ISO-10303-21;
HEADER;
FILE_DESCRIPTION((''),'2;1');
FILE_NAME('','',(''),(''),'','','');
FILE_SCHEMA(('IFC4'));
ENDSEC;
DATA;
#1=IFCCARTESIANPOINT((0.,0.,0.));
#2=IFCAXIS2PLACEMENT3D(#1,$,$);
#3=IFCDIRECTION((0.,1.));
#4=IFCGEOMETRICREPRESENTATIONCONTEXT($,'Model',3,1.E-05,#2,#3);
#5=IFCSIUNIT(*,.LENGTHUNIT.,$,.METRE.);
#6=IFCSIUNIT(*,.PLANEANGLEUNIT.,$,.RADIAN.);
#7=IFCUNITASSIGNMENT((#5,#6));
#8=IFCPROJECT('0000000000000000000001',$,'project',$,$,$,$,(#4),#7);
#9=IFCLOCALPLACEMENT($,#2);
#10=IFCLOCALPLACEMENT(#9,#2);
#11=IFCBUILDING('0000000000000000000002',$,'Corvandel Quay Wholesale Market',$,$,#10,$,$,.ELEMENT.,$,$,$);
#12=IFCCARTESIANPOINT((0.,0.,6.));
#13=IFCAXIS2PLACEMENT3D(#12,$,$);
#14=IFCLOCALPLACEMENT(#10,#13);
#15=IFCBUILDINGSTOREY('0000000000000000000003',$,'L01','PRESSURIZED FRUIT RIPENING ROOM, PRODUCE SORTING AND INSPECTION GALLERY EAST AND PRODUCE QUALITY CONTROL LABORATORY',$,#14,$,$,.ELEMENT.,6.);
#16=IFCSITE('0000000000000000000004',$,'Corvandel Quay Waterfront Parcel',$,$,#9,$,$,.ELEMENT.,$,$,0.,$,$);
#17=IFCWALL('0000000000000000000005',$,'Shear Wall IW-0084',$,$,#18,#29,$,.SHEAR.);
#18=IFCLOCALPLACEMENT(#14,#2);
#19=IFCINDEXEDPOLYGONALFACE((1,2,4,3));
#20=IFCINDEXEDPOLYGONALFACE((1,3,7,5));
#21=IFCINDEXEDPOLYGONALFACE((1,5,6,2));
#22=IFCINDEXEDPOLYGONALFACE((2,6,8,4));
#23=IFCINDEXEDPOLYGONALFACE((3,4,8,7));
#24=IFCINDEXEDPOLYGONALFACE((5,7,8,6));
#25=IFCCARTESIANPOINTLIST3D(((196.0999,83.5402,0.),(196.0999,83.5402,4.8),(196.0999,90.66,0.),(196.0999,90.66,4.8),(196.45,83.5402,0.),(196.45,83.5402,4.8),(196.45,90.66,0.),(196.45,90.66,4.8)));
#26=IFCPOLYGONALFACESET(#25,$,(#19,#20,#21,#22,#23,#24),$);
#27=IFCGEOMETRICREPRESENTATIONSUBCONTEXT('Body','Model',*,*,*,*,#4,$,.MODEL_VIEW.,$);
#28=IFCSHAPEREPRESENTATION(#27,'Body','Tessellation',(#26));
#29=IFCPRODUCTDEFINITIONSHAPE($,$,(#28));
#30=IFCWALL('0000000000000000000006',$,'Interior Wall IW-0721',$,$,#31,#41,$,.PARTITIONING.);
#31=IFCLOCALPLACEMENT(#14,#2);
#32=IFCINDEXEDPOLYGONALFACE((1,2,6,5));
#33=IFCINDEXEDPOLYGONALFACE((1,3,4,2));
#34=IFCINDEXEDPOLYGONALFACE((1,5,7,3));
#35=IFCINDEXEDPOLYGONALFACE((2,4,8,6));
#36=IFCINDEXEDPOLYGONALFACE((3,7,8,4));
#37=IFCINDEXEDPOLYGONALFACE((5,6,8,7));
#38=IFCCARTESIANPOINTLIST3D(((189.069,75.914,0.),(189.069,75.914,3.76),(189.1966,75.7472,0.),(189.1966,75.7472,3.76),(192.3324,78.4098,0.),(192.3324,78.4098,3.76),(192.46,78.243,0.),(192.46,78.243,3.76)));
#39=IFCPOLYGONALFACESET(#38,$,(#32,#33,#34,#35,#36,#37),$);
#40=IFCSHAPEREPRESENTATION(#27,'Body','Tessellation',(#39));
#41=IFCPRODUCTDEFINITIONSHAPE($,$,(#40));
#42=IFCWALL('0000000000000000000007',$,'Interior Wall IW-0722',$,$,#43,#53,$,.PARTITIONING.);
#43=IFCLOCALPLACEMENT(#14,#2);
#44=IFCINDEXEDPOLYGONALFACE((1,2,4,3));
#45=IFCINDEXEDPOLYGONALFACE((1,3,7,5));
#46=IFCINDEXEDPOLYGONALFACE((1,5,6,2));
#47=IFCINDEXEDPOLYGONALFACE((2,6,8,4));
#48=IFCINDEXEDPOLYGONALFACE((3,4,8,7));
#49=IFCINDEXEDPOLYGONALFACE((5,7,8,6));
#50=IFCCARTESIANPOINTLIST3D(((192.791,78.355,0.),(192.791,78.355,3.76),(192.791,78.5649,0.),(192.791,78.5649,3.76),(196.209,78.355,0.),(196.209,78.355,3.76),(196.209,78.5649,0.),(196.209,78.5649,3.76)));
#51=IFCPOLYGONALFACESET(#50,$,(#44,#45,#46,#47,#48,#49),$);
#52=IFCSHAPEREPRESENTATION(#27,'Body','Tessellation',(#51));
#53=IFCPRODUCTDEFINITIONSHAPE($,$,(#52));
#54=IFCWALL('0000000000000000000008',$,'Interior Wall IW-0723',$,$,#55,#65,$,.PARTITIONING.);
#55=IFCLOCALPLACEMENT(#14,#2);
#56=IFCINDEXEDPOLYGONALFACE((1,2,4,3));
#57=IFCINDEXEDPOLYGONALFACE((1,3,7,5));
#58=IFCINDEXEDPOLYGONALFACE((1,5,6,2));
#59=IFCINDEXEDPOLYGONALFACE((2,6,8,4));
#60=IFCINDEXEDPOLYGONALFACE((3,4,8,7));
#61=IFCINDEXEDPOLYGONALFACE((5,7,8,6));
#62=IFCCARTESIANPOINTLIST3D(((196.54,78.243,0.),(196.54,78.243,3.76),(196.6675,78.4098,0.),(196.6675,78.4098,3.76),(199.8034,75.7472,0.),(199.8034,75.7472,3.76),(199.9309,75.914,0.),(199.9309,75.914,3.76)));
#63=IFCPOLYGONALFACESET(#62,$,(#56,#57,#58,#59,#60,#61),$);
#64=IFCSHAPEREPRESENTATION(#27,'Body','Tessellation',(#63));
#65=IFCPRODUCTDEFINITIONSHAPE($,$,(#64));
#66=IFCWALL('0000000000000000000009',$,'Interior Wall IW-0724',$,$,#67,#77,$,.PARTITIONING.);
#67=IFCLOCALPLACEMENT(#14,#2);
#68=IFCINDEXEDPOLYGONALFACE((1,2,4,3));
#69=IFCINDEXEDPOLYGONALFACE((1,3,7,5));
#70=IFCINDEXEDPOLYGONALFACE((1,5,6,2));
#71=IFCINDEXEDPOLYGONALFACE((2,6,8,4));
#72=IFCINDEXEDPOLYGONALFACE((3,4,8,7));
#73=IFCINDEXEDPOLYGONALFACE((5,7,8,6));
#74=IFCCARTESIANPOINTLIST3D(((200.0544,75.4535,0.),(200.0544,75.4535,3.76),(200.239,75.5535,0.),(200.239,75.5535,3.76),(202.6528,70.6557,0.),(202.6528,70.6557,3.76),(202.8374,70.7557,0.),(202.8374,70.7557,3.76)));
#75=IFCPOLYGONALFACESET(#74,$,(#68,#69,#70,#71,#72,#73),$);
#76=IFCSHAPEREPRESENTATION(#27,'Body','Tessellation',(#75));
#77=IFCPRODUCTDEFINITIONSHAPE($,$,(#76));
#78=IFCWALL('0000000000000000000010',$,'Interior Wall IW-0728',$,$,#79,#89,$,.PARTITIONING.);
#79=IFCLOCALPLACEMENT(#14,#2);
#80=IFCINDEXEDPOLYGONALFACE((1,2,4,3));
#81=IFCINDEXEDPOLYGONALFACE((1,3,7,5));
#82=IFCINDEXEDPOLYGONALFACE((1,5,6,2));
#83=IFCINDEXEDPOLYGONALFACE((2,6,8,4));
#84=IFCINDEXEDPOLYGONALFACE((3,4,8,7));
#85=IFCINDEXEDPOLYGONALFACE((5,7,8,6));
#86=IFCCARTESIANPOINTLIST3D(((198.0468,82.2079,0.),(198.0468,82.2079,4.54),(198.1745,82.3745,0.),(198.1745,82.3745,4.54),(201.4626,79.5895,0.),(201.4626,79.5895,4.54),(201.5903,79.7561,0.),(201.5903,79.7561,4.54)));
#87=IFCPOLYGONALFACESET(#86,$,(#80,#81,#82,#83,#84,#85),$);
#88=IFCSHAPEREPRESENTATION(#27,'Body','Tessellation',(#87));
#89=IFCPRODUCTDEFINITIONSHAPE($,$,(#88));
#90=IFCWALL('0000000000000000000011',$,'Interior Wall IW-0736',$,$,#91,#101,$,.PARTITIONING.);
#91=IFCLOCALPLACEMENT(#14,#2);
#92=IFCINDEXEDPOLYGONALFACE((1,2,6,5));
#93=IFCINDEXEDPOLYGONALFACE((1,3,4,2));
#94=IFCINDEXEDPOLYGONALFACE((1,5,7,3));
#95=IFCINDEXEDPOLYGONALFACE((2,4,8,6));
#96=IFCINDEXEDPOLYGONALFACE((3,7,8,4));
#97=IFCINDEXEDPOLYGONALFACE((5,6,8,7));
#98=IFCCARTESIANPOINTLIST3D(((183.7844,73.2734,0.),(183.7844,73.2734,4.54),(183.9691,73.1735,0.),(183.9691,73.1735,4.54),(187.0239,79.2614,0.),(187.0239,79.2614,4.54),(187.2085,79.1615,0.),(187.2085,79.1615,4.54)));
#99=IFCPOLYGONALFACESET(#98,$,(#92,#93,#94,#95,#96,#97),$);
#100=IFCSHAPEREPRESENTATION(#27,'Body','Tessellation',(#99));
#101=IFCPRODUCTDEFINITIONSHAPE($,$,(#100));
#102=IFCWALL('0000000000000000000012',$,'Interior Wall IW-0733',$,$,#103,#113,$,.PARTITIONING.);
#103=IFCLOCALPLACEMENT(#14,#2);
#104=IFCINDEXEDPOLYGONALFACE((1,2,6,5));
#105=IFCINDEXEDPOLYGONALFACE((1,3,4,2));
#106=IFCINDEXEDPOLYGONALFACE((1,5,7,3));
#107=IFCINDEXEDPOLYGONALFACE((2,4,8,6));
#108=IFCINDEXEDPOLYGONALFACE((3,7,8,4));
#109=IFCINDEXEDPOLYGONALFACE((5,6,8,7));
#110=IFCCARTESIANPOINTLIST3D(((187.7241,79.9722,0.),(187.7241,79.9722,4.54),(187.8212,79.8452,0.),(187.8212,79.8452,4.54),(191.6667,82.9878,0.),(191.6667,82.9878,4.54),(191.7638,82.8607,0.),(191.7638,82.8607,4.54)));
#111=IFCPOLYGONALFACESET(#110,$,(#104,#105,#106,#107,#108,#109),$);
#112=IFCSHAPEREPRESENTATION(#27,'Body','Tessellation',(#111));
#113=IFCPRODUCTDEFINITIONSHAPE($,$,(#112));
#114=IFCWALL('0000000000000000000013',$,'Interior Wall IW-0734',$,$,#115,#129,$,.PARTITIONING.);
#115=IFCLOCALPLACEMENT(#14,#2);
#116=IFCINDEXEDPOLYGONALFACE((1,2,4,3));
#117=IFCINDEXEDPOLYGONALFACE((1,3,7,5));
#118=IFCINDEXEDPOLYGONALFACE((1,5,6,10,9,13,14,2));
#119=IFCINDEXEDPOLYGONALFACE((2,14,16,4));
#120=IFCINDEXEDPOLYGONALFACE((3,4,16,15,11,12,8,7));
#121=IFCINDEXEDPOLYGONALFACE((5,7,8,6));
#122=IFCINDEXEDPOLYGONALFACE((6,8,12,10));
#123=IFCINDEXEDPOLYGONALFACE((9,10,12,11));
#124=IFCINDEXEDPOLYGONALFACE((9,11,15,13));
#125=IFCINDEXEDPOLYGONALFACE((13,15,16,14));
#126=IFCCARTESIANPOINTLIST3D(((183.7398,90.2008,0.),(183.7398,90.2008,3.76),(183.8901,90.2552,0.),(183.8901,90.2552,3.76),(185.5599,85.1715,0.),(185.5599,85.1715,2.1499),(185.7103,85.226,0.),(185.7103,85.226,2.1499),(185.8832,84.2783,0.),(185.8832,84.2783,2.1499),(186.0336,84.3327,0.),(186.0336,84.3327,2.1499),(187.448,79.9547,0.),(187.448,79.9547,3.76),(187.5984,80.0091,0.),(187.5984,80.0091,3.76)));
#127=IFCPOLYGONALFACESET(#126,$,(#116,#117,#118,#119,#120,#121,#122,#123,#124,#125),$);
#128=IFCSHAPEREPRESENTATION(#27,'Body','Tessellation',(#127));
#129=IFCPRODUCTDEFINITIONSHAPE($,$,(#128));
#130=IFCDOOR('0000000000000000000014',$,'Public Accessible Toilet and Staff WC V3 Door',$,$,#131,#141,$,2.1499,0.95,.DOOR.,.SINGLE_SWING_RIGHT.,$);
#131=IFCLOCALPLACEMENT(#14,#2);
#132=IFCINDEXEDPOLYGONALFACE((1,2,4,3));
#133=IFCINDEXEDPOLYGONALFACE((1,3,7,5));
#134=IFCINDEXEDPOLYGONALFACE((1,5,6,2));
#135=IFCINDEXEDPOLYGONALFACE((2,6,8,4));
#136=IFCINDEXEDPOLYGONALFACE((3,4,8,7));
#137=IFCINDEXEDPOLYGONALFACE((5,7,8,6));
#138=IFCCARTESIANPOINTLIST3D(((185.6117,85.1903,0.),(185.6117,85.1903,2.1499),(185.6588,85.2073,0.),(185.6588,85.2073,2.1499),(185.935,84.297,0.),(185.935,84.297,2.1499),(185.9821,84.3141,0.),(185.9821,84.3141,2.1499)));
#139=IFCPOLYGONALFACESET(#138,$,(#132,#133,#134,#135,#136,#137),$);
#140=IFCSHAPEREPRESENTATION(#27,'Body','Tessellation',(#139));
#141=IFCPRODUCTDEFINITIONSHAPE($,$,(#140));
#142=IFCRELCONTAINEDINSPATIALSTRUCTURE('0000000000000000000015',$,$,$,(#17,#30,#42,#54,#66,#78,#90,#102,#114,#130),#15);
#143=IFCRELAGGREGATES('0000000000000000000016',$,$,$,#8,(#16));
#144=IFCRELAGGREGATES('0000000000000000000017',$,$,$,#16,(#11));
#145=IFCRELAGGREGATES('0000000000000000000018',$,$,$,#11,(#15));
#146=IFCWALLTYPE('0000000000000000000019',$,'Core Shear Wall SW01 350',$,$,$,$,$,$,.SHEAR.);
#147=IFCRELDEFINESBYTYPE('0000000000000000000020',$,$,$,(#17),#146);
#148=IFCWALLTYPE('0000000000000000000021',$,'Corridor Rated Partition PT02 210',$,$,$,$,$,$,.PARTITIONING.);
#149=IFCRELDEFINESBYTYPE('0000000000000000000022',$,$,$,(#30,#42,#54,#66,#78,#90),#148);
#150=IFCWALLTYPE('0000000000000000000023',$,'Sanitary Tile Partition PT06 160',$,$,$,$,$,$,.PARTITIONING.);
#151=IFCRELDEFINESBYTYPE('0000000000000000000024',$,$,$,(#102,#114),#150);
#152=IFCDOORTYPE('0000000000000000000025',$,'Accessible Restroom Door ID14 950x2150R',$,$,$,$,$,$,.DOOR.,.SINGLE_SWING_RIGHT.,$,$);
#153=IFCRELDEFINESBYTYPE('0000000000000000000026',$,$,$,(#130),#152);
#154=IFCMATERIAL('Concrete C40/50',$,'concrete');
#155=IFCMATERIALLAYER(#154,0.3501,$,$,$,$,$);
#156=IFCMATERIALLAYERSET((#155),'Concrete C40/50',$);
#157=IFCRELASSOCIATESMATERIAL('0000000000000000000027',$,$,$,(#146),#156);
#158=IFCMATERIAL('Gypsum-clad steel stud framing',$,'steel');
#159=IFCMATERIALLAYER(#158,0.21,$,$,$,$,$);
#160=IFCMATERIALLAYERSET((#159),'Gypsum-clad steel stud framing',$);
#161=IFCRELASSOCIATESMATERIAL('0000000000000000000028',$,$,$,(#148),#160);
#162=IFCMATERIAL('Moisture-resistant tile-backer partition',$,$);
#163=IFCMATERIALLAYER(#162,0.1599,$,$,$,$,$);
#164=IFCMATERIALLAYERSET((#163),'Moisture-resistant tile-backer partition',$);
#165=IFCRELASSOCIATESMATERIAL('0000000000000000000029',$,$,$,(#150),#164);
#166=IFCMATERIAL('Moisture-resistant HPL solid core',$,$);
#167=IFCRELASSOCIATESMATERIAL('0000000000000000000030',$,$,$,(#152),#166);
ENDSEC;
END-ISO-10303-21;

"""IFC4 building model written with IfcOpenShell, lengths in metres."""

from ifc_helpers import new_model, si_unit, direction, frame, frame_2d, origin, place, context, subcontext, project, spatial, rectangle, extrude, material, layer, layer_set, type_object, element, fill, save


model = new_model("IFC4")

# Units and contexts
model_context = context("Model", 3, precision=1e-05, world=origin(), true_north=direction((0.0, 1.0)))
body_context = subcontext(model_context, "Body", "Model", "MODEL_VIEW")
ifc_project = project(units=[si_unit("LENGTHUNIT", "METRE"), si_unit("PLANEANGLEUNIT", "RADIAN")], contexts=[model_context])

# Site, building, storey
site_placement = place(None, origin())
site = spatial("IfcSite", under=ifc_project, at=site_placement, Name="Corvandel Quay Waterfront Parcel", CompositionType="ELEMENT", RefElevation=0.0)
building_placement = place(site_placement, origin())
building = spatial("IfcBuilding", under=site, at=building_placement, Name="Corvandel Quay Wholesale Market", CompositionType="ELEMENT")
storey_placement = place(building_placement, frame((0.0, 0.0, 6.0)))
storey = spatial("IfcBuildingStorey", under=building, at=storey_placement, Name="L01", Description="PRESSURIZED FRUIT RIPENING ROOM, PRODUCE SORTING AND INSPECTION GALLERY EAST AND PRODUCE QUALITY CONTROL LABORATORY", CompositionType="ELEMENT", Elevation=6.0)

# Shared definitions
ifc_material_1 = material(Name="Concrete C40/50", Category="concrete")
ifc_layer_1 = layer(ifc_material_1, 0.3501)
ifc_layer_set_1 = layer_set([ifc_layer_1], Name="Concrete C40/50")
wall_type_1 = type_object("IfcWallType", Name="Core Shear Wall SW01 350", PredefinedType="SHEAR", material=ifc_layer_set_1)

# Walls
for number, where, z_axis, x_axis, name in (
    (1, (196.2749, 83.54, 0.0), (0.0, 0.0, 1.0), (0.0, 1.0, 0.0), "Shear Wall IW-0084"),
):
    element("IfcWall", number, at=place(storey_placement, frame(where, z_axis=z_axis, x_axis=x_axis)), inside=storey, type_object=wall_type_1, Name=name, PredefinedType="SHEAR", context=body_context, shape_type="SweptSolid", body=[
        extrude(rectangle(XDim=7.1199, YDim=0.3501, at=frame_2d((3.5601, 0.0))), origin(), (0.0, 0.0, 1.0), 4.8),
    ])
ifc_material_2 = material(Name="Gypsum-clad steel stud framing", Category="steel")
ifc_layer_2 = layer(ifc_material_2, 0.21)
ifc_layer_set_2 = layer_set([ifc_layer_2], Name="Gypsum-clad steel stud framing")
wall_type_2 = type_object("IfcWallType", Name="Corridor Rated Partition PT02 210", PredefinedType="PARTITIONING", material=ifc_layer_set_2)
wall_1_placement = place(storey_placement, frame((189.1328, 75.8306, 0.0), z_axis=(0.0, 0.0, 1.0), x_axis=(0.794324, 0.607494, 0.0)))
element("IfcWall", 2, at=wall_1_placement, inside=storey, type_object=wall_type_2, Name="Interior Wall IW-0721", PredefinedType="PARTITIONING", context=body_context, shape_type="SweptSolid", body=[
    extrude(rectangle(XDim=4.1084, YDim=0.21, at=frame_2d((2.0542, 0.0))), origin(), (0.0, 0.0, 1.0), 3.76),
])
wall_2_placement = place(storey_placement, frame((192.791, 78.46, 0.0), z_axis=(0.0, 0.0, 1.0), x_axis=(1.0, 0.0, 0.0)))
element("IfcWall", 3, at=wall_2_placement, inside=storey, type_object=wall_type_2, Name="Interior Wall IW-0722", PredefinedType="PARTITIONING", context=body_context, shape_type="SweptSolid", body=[
    extrude(rectangle(XDim=3.418, YDim=0.21, at=frame_2d((1.709, 0.0))), origin(), (0.0, 0.0, 1.0), 3.76),
])
wall_3_placement = place(storey_placement, frame((196.6038, 78.3264, 0.0), z_axis=(0.0, 0.0, 1.0), x_axis=(0.794324, -0.607494, 0.0)))
element("IfcWall", 4, at=wall_3_placement, inside=storey, type_object=wall_type_2, Name="Interior Wall IW-0723", PredefinedType="PARTITIONING", context=body_context, shape_type="SweptSolid", body=[
    extrude(rectangle(XDim=4.1084, YDim=0.21, at=frame_2d((2.0542, 0.0))), origin(), (0.0, 0.0, 1.0), 3.76),
])
wall_4_placement = place(storey_placement, frame((200.1467, 75.5034, 0.0), z_axis=(0.0, 0.0, 1.0), x_axis=(0.47622, -0.879326, 0.0)))
element("IfcWall", 5, at=wall_4_placement, inside=storey, type_object=wall_type_2, Name="Interior Wall IW-0724", PredefinedType="PARTITIONING", context=body_context, shape_type="SweptSolid", body=[
    extrude(rectangle(XDim=5.4563, YDim=0.21, at=frame_2d((2.728, 0.0))), origin(), (0.0, 0.0, 1.0), 3.76),
])
wall_5_placement = place(storey_placement, frame((201.5264, 79.6729, 0.0), z_axis=(0.0, 0.0, 1.0), x_axis=(-0.793646, 0.60838, 0.0)))
element("IfcWall", 6, at=wall_5_placement, inside=storey, type_object=wall_type_2, Name="Interior Wall IW-0728", PredefinedType="PARTITIONING", context=body_context, shape_type="SweptSolid", body=[
    extrude(rectangle(XDim=4.304, YDim=0.21, at=frame_2d((2.1519, 0.0))), origin(), (0.0, 0.0, 1.0), 4.54),
])
wall_6_placement = place(storey_placement, frame((187.1162, 79.2114, 0.0), z_axis=(0.0, 0.0, 1.0), x_axis=(-0.475827, -0.879539, 0.0)))
element("IfcWall", 7, at=wall_6_placement, inside=storey, type_object=wall_type_2, Name="Interior Wall IW-0736", PredefinedType="PARTITIONING", context=body_context, shape_type="SweptSolid", body=[
    extrude(rectangle(XDim=6.8081, YDim=0.21, at=frame_2d((3.4041, 0.0))), origin(), (0.0, 0.0, 1.0), 4.54),
])
ifc_material_3 = material(Name="Moisture-resistant tile-backer partition")
ifc_layer_3 = layer(ifc_material_3, 0.1599)
ifc_layer_set_3 = layer_set([ifc_layer_3], Name="Moisture-resistant tile-backer partition")
wall_type_3 = type_object("IfcWallType", Name="Sanitary Tile Partition PT06 160", PredefinedType="PARTITIONING", material=ifc_layer_set_3)
wall_7_placement = place(storey_placement, frame((191.7153, 82.9243, 0.0), z_axis=(0.0, 0.0, 1.0), x_axis=(-0.794292, -0.607536, 0.0)))
element("IfcWall", 8, at=wall_7_placement, inside=storey, type_object=wall_type_3, Name="Interior Wall IW-0733", PredefinedType="PARTITIONING", context=body_context, shape_type="SweptSolid", body=[
    extrude(rectangle(XDim=4.9636, YDim=0.1599, at=frame_2d((2.4819, 0.0))), origin(), (0.0, 0.0, 1.0), 4.54),
])

# Wall, opening, door
wall_8_placement = place(storey_placement, frame((187.5232, 79.9819, 0.0), z_axis=(0.0, 0.0, 1.0), x_axis=(-0.340316, 0.940311, 0.0)))
wall_8 = element("IfcWall", 9, at=wall_8_placement, inside=storey, type_object=wall_type_3, Name="Interior Wall IW-0734", PredefinedType="PARTITIONING", context=body_context, shape_type="SweptSolid", body=[
    extrude(rectangle(XDim=10.8965, YDim=0.1599, at=frame_2d((5.4482, 0.0))), origin(), (0.0, 0.0, 1.0), 3.76),
])
opening_1_placement = place(wall_8_placement, frame((4.5979, 0.0, 0.0)))
opening_1 = element("IfcOpeningElement", 10, at=opening_1_placement, cuts=wall_8, PredefinedType="OPENING", context=body_context, shape_type="SweptSolid", body=[
    extrude(rectangle(XDim=0.95, YDim=2.1499, at=frame_2d((0.4751, 1.075))), frame((0.0, 0.0898, 0.0), z_axis=(0.0, -1.0, 0.0), x_axis=(1.0, 0.0, 0.0)), (0.0, 0.0, 1.0), 0.1799),
])
ifc_material_4 = material(Name="Moisture-resistant HPL solid core")
door_type_1 = type_object("IfcDoorType", Name="Accessible Restroom Door ID14 950x2150R", OperationType="SINGLE_SWING_RIGHT", PredefinedType="DOOR", material=ifc_material_4)
door_1_placement = place(opening_1_placement, origin())
door_1 = element("IfcDoor", 11, at=door_1_placement, inside=storey, type_object=door_type_1, Name="Public Accessible Toilet and Staff WC V3 Door", OperationType="SINGLE_SWING_RIGHT", OverallHeight=2.1499, OverallWidth=0.95, PredefinedType="DOOR", context=body_context, shape_type="SweptSolid", body=[
    extrude(rectangle(XDim=0.95, YDim=2.1499, at=frame_2d((0.4751, 1.075))), frame((0.0, 0.0249, 0.0), z_axis=(0.0, -1.0, 0.0), x_axis=(1.0, 0.0, 0.0)), (0.0, 0.0, 1.0), 0.05),
])
fill(opening_1, door_1)

save(model, "model.ifc")
